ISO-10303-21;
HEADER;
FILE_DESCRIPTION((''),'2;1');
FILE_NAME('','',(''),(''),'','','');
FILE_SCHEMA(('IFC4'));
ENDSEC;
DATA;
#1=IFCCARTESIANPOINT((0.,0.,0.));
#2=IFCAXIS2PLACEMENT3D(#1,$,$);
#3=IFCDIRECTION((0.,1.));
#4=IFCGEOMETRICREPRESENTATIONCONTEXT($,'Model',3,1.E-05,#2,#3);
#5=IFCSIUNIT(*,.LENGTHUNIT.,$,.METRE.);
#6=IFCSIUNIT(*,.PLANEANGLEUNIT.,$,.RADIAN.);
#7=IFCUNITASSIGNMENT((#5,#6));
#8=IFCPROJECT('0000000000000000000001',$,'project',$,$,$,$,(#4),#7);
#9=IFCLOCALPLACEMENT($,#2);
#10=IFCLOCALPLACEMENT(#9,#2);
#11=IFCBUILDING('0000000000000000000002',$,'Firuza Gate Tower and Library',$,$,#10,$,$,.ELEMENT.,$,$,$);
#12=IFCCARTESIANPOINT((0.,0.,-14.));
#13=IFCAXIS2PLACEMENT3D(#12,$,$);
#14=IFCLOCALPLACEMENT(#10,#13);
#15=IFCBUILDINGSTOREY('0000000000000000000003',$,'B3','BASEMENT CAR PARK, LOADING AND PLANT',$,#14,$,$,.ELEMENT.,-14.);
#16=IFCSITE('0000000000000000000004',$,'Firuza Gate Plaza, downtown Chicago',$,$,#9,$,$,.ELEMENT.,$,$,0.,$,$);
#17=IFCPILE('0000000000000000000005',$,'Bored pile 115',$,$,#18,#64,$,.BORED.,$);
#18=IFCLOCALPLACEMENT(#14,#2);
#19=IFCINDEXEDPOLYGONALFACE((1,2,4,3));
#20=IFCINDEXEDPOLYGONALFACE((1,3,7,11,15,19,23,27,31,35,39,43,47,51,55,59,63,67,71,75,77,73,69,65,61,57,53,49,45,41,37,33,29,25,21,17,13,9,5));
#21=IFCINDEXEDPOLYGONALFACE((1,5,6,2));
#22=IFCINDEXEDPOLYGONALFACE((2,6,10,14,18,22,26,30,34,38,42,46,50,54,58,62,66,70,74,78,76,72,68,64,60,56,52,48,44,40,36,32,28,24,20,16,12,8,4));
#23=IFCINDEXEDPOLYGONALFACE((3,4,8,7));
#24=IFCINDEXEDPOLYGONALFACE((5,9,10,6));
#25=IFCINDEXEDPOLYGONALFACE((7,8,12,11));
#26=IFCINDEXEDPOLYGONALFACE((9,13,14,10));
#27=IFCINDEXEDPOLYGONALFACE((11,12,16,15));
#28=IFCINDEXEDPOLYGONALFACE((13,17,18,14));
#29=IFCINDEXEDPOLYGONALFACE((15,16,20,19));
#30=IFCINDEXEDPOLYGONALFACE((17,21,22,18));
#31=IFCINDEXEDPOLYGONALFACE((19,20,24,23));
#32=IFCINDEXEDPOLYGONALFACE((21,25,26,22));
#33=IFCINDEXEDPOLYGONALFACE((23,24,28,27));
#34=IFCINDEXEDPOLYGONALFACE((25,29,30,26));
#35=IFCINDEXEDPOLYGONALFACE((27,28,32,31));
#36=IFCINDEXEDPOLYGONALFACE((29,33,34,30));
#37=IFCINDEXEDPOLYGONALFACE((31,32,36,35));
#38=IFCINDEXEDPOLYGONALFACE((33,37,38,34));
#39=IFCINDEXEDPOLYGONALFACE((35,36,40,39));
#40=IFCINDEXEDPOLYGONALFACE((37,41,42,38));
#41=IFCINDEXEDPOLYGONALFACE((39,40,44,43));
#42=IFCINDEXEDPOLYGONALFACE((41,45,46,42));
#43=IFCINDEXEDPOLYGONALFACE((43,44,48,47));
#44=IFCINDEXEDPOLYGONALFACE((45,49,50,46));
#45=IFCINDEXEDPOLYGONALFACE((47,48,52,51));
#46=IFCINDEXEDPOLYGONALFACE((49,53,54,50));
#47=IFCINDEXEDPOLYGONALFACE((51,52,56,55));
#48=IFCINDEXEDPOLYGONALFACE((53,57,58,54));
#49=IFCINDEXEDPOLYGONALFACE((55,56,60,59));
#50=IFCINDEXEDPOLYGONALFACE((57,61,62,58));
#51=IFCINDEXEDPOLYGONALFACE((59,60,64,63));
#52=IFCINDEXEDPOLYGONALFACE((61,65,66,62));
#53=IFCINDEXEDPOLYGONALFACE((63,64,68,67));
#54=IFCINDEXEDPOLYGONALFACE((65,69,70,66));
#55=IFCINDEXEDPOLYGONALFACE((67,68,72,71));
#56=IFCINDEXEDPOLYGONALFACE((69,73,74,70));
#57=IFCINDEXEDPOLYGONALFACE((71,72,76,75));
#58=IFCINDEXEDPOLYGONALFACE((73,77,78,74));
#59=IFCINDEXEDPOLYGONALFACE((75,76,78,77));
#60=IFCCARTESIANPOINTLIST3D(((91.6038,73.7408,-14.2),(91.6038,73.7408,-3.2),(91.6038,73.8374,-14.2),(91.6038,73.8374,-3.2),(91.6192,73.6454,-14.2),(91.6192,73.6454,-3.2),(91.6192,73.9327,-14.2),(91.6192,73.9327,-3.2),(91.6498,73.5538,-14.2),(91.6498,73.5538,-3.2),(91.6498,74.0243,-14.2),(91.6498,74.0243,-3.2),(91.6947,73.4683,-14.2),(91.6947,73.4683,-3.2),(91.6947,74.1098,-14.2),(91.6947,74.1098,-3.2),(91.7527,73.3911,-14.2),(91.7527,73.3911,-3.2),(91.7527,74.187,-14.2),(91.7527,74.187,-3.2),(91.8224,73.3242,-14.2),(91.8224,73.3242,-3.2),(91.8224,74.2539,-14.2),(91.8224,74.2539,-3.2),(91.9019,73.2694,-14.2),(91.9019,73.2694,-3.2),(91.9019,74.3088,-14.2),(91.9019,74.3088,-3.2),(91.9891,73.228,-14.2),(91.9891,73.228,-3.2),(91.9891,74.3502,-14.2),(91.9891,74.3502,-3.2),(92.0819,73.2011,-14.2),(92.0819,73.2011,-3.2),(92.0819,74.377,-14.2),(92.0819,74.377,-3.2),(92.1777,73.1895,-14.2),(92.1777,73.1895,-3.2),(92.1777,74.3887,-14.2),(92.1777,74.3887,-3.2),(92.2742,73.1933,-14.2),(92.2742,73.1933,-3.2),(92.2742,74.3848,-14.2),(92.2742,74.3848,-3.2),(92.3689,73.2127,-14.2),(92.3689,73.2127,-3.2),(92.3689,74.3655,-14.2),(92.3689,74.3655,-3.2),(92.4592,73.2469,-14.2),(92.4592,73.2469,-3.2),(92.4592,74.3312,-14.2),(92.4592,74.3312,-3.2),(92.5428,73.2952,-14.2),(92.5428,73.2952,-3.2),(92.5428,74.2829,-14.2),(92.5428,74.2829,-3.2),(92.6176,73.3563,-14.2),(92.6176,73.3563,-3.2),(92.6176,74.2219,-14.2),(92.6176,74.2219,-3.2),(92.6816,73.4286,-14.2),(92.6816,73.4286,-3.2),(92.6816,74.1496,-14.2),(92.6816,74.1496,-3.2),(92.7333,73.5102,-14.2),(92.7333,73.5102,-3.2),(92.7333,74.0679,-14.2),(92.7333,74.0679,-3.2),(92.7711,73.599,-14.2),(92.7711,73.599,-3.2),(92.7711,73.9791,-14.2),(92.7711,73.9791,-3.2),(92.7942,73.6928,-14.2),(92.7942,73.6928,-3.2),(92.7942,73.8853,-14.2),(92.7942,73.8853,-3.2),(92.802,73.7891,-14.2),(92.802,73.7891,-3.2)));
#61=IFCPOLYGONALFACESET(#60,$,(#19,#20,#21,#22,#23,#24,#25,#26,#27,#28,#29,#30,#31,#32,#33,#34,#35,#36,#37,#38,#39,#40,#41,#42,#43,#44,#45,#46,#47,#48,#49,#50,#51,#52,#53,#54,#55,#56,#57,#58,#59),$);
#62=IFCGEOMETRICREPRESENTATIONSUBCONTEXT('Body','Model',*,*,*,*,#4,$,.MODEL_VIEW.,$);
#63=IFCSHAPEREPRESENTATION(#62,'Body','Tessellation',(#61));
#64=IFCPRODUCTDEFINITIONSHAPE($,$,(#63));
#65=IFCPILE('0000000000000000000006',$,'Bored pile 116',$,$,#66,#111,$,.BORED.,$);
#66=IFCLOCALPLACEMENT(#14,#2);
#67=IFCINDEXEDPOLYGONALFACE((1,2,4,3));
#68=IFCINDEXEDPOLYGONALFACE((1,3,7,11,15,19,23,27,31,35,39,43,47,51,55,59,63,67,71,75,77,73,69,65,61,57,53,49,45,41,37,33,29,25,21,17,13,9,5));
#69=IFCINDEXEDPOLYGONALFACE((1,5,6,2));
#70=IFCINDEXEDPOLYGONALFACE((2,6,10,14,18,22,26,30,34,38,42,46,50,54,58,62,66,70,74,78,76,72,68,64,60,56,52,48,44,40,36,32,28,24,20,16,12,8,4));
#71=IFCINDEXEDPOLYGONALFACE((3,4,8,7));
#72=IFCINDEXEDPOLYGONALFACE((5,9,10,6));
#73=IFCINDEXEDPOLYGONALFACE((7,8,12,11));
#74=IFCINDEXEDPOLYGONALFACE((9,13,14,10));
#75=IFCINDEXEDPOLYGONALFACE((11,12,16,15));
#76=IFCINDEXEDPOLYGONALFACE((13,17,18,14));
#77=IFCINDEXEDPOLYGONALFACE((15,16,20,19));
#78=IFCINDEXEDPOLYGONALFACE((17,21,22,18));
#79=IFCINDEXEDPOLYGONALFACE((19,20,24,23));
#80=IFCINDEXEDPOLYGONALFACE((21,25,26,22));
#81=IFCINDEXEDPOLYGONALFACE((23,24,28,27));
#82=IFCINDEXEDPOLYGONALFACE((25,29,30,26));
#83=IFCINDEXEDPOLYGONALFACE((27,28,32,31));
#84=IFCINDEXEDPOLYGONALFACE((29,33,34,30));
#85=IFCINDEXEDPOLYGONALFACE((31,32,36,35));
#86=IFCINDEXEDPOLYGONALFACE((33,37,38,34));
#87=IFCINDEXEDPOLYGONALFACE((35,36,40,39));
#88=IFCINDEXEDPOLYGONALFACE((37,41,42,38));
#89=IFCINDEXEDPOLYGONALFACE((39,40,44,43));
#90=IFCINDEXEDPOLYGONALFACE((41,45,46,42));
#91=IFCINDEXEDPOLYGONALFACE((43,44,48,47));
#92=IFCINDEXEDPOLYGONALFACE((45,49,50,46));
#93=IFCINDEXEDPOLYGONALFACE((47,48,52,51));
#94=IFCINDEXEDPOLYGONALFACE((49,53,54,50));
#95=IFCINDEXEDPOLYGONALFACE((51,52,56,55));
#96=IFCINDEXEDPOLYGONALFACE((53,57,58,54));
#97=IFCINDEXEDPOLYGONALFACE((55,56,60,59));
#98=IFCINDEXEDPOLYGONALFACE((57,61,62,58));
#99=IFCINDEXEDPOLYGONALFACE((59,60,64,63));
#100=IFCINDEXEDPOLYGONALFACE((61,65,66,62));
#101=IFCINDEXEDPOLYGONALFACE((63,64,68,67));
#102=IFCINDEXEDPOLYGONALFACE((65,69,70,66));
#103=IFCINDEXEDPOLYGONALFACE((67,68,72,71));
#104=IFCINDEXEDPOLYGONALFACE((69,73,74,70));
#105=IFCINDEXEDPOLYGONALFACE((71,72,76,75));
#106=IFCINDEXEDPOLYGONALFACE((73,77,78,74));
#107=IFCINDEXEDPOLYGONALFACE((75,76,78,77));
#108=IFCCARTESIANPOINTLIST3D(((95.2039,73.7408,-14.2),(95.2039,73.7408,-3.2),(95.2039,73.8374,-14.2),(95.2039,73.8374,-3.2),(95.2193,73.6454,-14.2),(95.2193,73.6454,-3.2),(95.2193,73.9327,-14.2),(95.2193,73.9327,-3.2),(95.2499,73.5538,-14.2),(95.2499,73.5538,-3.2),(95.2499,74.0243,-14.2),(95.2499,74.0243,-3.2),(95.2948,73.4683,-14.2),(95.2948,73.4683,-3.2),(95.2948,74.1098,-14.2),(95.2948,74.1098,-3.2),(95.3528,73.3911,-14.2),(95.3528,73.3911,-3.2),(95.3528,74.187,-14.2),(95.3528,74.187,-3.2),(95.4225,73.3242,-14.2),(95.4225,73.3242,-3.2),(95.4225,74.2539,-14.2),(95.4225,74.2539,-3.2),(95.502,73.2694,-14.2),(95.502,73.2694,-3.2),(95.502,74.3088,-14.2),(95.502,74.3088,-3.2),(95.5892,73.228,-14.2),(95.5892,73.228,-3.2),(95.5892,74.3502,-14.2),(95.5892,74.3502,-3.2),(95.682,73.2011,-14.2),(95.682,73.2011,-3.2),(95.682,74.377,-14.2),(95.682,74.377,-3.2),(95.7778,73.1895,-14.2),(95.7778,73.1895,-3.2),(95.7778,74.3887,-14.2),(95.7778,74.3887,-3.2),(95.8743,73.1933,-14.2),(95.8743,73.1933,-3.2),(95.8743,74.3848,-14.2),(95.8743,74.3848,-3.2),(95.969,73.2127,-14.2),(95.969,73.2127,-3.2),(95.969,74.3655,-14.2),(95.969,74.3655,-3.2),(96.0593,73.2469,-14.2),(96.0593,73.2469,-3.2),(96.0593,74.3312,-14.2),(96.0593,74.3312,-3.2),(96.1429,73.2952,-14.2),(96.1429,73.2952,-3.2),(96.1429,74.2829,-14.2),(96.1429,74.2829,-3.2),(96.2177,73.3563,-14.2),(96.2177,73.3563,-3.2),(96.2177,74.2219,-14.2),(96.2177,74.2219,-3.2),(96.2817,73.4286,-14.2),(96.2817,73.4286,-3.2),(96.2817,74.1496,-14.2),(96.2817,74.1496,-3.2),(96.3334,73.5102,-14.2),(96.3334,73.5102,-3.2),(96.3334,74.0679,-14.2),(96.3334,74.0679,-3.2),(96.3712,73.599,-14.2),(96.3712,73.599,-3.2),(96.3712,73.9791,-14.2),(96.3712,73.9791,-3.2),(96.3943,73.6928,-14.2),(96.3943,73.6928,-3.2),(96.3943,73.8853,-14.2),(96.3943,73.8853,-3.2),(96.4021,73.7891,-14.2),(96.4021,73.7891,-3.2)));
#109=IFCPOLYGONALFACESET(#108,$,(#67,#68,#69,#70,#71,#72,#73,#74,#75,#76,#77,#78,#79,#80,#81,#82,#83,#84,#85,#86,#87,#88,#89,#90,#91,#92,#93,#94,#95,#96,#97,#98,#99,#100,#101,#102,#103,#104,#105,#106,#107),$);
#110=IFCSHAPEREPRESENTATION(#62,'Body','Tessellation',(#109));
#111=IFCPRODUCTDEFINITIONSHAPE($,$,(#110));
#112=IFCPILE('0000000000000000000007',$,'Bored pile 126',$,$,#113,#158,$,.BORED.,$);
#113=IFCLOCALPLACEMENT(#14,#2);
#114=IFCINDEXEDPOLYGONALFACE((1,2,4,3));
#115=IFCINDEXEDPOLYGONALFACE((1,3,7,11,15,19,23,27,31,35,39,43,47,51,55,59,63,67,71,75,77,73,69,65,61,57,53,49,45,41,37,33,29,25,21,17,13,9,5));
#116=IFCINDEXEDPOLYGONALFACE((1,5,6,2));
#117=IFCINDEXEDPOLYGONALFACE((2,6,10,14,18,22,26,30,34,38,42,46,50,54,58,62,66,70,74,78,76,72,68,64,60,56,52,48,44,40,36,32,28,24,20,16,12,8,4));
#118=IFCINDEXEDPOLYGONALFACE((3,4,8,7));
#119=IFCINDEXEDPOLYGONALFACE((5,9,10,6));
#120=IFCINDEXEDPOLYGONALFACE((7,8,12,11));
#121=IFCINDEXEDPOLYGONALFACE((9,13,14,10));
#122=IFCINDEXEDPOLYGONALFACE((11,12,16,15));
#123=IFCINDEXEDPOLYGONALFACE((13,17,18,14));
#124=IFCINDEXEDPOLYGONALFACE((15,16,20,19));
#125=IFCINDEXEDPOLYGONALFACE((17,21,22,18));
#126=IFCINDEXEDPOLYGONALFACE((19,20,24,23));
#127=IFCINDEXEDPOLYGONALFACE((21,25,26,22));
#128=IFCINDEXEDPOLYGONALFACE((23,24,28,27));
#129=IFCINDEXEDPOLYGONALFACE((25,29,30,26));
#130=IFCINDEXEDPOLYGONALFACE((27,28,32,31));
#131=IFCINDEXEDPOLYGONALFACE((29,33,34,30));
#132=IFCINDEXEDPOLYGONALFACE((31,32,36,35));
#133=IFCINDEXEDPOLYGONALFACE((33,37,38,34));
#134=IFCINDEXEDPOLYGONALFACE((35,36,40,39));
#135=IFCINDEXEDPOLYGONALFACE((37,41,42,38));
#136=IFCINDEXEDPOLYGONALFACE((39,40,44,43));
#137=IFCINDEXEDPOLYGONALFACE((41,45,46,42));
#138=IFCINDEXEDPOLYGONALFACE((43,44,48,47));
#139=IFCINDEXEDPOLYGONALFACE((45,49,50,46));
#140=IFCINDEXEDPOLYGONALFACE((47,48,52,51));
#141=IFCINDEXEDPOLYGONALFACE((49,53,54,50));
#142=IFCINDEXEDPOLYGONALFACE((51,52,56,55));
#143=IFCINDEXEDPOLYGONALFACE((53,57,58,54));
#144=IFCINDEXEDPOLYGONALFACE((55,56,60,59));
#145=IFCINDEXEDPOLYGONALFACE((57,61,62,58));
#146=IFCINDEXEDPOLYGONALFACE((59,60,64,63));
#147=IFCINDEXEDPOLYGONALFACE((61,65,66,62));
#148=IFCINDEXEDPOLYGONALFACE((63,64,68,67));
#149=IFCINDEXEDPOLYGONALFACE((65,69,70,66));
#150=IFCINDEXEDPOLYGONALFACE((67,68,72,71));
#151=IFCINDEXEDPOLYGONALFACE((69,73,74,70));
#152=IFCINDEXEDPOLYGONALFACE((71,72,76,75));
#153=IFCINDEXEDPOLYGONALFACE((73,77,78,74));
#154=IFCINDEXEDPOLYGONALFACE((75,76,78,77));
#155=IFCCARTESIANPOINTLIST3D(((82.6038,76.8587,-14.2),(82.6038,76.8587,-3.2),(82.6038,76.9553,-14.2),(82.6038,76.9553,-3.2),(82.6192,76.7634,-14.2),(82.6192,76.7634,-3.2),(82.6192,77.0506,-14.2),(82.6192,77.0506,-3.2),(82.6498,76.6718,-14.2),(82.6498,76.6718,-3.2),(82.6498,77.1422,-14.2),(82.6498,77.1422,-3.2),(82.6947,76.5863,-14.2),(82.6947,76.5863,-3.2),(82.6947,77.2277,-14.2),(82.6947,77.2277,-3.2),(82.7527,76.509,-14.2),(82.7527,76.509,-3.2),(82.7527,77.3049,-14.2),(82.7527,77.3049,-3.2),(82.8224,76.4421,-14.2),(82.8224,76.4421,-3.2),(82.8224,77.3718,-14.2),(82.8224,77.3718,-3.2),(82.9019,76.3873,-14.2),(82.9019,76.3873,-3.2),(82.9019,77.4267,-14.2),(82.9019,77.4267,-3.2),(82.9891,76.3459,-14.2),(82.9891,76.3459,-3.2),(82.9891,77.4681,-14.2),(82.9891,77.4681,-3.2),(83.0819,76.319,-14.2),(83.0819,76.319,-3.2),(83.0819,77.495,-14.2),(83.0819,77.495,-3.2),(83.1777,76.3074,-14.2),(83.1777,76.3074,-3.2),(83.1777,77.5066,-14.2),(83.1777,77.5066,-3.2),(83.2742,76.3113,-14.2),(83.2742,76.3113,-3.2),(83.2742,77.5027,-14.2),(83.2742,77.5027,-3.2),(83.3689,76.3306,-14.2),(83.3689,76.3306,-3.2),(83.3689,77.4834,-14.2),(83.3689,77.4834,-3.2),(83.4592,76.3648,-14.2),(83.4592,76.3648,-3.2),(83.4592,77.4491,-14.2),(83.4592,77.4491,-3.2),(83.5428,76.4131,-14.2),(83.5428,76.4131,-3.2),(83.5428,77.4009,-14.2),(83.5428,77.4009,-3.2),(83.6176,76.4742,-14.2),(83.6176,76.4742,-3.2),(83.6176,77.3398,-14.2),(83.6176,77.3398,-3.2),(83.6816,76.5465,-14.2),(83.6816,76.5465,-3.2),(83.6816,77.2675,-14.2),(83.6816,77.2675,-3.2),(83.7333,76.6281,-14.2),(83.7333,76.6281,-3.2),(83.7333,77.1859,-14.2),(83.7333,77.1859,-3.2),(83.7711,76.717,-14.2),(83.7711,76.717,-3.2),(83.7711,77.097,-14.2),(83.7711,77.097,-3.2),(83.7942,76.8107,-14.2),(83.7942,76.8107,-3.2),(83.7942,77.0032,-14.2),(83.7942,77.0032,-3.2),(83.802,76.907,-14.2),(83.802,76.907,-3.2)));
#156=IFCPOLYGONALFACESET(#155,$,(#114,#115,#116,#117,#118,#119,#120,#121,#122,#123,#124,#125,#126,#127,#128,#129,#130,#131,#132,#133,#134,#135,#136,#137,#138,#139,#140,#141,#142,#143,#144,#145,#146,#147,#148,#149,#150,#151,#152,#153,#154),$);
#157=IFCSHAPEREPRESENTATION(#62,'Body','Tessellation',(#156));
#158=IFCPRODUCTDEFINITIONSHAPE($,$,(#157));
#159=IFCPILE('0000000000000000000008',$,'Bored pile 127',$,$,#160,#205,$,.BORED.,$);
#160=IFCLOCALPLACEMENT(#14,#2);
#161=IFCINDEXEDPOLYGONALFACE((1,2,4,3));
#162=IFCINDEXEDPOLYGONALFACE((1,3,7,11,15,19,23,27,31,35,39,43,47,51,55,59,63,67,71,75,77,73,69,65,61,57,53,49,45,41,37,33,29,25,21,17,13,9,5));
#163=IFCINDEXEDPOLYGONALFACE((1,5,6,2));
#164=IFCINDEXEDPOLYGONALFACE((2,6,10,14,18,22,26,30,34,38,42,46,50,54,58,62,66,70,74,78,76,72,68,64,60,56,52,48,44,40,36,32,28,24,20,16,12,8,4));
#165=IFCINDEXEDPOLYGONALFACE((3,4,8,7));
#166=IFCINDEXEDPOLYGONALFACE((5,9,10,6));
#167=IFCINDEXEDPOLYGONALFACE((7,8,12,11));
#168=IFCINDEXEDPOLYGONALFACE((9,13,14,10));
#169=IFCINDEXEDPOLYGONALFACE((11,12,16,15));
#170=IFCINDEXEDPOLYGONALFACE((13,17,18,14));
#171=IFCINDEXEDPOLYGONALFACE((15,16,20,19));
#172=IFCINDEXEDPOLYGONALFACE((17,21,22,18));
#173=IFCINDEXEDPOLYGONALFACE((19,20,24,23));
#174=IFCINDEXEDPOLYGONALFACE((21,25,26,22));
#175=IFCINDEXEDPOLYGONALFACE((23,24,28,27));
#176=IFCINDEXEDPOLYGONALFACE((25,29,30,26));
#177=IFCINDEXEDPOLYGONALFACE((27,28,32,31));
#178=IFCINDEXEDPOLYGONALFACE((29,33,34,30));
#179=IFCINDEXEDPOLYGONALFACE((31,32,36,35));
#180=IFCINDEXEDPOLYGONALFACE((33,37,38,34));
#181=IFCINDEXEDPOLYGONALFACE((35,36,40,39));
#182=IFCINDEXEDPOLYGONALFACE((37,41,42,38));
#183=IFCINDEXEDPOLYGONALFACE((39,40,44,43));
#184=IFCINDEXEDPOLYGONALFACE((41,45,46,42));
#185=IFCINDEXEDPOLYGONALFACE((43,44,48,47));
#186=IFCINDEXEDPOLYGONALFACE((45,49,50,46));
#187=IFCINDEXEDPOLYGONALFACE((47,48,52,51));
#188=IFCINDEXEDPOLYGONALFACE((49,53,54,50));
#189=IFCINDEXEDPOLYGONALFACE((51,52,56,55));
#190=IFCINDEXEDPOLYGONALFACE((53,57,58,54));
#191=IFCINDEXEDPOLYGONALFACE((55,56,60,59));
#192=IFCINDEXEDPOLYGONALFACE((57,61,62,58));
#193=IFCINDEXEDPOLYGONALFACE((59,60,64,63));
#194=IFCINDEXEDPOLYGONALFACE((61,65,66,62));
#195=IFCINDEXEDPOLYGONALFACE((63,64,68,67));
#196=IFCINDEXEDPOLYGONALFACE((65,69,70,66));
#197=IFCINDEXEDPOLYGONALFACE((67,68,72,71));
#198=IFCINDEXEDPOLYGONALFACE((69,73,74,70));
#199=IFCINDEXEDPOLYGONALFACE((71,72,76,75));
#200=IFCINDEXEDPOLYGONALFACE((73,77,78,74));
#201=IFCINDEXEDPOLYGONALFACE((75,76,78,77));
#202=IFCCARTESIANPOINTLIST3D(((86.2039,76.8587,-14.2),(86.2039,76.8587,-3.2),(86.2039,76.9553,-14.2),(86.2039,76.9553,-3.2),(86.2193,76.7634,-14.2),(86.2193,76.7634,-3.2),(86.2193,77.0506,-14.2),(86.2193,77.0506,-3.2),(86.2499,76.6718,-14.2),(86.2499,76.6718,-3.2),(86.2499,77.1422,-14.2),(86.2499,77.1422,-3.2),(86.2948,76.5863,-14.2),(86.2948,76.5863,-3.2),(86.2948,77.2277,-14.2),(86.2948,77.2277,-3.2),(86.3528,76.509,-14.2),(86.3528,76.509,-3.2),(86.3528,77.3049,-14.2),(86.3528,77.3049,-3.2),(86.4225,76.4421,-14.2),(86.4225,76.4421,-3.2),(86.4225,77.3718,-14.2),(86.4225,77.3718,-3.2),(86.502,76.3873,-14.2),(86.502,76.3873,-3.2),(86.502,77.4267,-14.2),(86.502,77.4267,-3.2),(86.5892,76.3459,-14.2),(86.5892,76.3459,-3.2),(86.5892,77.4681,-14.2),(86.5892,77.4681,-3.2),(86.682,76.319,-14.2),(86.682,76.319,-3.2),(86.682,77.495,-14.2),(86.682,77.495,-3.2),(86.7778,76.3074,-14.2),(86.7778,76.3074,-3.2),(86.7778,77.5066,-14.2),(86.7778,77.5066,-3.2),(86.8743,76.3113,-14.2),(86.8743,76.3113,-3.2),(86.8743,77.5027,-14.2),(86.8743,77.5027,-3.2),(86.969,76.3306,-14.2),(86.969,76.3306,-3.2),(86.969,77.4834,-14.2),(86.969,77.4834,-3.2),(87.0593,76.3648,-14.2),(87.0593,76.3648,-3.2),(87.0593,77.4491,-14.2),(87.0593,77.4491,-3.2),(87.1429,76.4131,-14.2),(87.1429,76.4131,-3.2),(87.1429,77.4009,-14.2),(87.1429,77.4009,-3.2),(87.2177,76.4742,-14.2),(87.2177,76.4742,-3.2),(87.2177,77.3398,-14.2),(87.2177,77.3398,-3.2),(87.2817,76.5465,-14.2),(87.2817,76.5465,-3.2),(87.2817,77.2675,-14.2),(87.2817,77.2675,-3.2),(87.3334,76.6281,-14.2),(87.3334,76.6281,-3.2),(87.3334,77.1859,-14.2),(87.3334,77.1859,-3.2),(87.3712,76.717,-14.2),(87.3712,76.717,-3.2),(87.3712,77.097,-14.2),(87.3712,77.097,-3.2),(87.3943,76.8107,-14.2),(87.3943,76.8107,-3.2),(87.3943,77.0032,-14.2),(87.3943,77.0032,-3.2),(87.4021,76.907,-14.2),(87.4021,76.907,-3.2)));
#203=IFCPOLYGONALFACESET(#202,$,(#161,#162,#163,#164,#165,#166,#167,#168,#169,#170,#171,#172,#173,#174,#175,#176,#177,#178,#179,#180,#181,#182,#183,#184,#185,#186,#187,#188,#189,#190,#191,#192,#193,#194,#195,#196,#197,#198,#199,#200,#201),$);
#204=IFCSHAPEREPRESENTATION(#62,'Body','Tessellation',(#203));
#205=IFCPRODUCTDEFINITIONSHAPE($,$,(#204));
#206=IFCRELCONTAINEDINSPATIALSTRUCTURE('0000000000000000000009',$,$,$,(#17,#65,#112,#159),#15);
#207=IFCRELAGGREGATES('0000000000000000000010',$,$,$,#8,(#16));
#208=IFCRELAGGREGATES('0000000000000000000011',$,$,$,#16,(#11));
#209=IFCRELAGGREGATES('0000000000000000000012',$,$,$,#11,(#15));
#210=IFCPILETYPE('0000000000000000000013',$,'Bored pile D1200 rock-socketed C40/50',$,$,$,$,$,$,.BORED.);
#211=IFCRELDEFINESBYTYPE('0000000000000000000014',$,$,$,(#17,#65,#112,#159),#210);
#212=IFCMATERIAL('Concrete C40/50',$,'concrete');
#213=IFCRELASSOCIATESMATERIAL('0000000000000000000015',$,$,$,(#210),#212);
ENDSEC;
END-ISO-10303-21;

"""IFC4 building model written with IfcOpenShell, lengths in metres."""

from ifc_helpers import new_model, si_unit, direction, frame, origin, origin_2d, place, context, subcontext, project, spatial, circle, extrude, material, material_profile, profile_set, type_object, element, save


model = new_model("IFC4")

# Units and contexts
model_context = context("Model", 3, precision=1e-05, world=origin(), true_north=direction((0.0, 1.0)))
body_context = subcontext(model_context, "Body", "Model", "MODEL_VIEW")
ifc_project = project(units=[si_unit("LENGTHUNIT", "METRE"), si_unit("PLANEANGLEUNIT", "RADIAN")], contexts=[model_context])

# Site, building, storey
site_placement = place(None, origin())
site = spatial("IfcSite", under=ifc_project, at=site_placement, Name="Firuza Gate Plaza, downtown Chicago", CompositionType="ELEMENT", RefElevation=0.0)
building_placement = place(site_placement, origin())
building = spatial("IfcBuilding", under=site, at=building_placement, Name="Firuza Gate Tower and Library", CompositionType="ELEMENT")
storey_placement = place(building_placement, frame((0.0, 0.0, -14.0)))
storey = spatial("IfcBuildingStorey", under=building, at=storey_placement, Name="B3", Description="BASEMENT CAR PARK, LOADING AND PLANT", CompositionType="ELEMENT", Elevation=-14.0)

# Piles
ifc_material_1 = material(Name="Concrete C40/50", Category="concrete")
ifc_material_profile_1 = material_profile(ifc_material_1, circle(Radius=0.6001, at=origin_2d()))
ifc_profile_set_1 = profile_set([ifc_material_profile_1], Name="Concrete C40/50")
pile_type = type_object("IfcPileType", Name="Bored pile D1200 rock-socketed C40/50", PredefinedType="BORED", material=ifc_profile_set_1)
for number, where, z_axis, x_axis, name in (
    (1, (92.2019, 73.7891, -3.2), (0.0, 0.0, -1.0), (1.0, 0.0, 0.0), "Bored pile 115"),
    (2, (95.802, 73.7891, -3.2), (0.0, 0.0, -1.0), (1.0, 0.0, 0.0), "Bored pile 116"),
    (3, (83.2019, 76.907, -3.2), (0.0, 0.0, -1.0), (1.0, 0.0, 0.0), "Bored pile 126"),
    (4, (86.802, 76.907, -3.2), (0.0, 0.0, -1.0), (1.0, 0.0, 0.0), "Bored pile 127"),
):
    element("IfcPile", number, at=place(storey_placement, frame(where, z_axis=z_axis, x_axis=x_axis)), inside=storey, type_object=pile_type, Name=name, PredefinedType="BORED", context=body_context, shape_type="SweptSolid", body=[
        extrude(circle(Radius=0.6001, at=origin_2d()), origin(), (0.0, 0.0, 1.0), 11.0),
    ])

save(model, "model.ifc")
